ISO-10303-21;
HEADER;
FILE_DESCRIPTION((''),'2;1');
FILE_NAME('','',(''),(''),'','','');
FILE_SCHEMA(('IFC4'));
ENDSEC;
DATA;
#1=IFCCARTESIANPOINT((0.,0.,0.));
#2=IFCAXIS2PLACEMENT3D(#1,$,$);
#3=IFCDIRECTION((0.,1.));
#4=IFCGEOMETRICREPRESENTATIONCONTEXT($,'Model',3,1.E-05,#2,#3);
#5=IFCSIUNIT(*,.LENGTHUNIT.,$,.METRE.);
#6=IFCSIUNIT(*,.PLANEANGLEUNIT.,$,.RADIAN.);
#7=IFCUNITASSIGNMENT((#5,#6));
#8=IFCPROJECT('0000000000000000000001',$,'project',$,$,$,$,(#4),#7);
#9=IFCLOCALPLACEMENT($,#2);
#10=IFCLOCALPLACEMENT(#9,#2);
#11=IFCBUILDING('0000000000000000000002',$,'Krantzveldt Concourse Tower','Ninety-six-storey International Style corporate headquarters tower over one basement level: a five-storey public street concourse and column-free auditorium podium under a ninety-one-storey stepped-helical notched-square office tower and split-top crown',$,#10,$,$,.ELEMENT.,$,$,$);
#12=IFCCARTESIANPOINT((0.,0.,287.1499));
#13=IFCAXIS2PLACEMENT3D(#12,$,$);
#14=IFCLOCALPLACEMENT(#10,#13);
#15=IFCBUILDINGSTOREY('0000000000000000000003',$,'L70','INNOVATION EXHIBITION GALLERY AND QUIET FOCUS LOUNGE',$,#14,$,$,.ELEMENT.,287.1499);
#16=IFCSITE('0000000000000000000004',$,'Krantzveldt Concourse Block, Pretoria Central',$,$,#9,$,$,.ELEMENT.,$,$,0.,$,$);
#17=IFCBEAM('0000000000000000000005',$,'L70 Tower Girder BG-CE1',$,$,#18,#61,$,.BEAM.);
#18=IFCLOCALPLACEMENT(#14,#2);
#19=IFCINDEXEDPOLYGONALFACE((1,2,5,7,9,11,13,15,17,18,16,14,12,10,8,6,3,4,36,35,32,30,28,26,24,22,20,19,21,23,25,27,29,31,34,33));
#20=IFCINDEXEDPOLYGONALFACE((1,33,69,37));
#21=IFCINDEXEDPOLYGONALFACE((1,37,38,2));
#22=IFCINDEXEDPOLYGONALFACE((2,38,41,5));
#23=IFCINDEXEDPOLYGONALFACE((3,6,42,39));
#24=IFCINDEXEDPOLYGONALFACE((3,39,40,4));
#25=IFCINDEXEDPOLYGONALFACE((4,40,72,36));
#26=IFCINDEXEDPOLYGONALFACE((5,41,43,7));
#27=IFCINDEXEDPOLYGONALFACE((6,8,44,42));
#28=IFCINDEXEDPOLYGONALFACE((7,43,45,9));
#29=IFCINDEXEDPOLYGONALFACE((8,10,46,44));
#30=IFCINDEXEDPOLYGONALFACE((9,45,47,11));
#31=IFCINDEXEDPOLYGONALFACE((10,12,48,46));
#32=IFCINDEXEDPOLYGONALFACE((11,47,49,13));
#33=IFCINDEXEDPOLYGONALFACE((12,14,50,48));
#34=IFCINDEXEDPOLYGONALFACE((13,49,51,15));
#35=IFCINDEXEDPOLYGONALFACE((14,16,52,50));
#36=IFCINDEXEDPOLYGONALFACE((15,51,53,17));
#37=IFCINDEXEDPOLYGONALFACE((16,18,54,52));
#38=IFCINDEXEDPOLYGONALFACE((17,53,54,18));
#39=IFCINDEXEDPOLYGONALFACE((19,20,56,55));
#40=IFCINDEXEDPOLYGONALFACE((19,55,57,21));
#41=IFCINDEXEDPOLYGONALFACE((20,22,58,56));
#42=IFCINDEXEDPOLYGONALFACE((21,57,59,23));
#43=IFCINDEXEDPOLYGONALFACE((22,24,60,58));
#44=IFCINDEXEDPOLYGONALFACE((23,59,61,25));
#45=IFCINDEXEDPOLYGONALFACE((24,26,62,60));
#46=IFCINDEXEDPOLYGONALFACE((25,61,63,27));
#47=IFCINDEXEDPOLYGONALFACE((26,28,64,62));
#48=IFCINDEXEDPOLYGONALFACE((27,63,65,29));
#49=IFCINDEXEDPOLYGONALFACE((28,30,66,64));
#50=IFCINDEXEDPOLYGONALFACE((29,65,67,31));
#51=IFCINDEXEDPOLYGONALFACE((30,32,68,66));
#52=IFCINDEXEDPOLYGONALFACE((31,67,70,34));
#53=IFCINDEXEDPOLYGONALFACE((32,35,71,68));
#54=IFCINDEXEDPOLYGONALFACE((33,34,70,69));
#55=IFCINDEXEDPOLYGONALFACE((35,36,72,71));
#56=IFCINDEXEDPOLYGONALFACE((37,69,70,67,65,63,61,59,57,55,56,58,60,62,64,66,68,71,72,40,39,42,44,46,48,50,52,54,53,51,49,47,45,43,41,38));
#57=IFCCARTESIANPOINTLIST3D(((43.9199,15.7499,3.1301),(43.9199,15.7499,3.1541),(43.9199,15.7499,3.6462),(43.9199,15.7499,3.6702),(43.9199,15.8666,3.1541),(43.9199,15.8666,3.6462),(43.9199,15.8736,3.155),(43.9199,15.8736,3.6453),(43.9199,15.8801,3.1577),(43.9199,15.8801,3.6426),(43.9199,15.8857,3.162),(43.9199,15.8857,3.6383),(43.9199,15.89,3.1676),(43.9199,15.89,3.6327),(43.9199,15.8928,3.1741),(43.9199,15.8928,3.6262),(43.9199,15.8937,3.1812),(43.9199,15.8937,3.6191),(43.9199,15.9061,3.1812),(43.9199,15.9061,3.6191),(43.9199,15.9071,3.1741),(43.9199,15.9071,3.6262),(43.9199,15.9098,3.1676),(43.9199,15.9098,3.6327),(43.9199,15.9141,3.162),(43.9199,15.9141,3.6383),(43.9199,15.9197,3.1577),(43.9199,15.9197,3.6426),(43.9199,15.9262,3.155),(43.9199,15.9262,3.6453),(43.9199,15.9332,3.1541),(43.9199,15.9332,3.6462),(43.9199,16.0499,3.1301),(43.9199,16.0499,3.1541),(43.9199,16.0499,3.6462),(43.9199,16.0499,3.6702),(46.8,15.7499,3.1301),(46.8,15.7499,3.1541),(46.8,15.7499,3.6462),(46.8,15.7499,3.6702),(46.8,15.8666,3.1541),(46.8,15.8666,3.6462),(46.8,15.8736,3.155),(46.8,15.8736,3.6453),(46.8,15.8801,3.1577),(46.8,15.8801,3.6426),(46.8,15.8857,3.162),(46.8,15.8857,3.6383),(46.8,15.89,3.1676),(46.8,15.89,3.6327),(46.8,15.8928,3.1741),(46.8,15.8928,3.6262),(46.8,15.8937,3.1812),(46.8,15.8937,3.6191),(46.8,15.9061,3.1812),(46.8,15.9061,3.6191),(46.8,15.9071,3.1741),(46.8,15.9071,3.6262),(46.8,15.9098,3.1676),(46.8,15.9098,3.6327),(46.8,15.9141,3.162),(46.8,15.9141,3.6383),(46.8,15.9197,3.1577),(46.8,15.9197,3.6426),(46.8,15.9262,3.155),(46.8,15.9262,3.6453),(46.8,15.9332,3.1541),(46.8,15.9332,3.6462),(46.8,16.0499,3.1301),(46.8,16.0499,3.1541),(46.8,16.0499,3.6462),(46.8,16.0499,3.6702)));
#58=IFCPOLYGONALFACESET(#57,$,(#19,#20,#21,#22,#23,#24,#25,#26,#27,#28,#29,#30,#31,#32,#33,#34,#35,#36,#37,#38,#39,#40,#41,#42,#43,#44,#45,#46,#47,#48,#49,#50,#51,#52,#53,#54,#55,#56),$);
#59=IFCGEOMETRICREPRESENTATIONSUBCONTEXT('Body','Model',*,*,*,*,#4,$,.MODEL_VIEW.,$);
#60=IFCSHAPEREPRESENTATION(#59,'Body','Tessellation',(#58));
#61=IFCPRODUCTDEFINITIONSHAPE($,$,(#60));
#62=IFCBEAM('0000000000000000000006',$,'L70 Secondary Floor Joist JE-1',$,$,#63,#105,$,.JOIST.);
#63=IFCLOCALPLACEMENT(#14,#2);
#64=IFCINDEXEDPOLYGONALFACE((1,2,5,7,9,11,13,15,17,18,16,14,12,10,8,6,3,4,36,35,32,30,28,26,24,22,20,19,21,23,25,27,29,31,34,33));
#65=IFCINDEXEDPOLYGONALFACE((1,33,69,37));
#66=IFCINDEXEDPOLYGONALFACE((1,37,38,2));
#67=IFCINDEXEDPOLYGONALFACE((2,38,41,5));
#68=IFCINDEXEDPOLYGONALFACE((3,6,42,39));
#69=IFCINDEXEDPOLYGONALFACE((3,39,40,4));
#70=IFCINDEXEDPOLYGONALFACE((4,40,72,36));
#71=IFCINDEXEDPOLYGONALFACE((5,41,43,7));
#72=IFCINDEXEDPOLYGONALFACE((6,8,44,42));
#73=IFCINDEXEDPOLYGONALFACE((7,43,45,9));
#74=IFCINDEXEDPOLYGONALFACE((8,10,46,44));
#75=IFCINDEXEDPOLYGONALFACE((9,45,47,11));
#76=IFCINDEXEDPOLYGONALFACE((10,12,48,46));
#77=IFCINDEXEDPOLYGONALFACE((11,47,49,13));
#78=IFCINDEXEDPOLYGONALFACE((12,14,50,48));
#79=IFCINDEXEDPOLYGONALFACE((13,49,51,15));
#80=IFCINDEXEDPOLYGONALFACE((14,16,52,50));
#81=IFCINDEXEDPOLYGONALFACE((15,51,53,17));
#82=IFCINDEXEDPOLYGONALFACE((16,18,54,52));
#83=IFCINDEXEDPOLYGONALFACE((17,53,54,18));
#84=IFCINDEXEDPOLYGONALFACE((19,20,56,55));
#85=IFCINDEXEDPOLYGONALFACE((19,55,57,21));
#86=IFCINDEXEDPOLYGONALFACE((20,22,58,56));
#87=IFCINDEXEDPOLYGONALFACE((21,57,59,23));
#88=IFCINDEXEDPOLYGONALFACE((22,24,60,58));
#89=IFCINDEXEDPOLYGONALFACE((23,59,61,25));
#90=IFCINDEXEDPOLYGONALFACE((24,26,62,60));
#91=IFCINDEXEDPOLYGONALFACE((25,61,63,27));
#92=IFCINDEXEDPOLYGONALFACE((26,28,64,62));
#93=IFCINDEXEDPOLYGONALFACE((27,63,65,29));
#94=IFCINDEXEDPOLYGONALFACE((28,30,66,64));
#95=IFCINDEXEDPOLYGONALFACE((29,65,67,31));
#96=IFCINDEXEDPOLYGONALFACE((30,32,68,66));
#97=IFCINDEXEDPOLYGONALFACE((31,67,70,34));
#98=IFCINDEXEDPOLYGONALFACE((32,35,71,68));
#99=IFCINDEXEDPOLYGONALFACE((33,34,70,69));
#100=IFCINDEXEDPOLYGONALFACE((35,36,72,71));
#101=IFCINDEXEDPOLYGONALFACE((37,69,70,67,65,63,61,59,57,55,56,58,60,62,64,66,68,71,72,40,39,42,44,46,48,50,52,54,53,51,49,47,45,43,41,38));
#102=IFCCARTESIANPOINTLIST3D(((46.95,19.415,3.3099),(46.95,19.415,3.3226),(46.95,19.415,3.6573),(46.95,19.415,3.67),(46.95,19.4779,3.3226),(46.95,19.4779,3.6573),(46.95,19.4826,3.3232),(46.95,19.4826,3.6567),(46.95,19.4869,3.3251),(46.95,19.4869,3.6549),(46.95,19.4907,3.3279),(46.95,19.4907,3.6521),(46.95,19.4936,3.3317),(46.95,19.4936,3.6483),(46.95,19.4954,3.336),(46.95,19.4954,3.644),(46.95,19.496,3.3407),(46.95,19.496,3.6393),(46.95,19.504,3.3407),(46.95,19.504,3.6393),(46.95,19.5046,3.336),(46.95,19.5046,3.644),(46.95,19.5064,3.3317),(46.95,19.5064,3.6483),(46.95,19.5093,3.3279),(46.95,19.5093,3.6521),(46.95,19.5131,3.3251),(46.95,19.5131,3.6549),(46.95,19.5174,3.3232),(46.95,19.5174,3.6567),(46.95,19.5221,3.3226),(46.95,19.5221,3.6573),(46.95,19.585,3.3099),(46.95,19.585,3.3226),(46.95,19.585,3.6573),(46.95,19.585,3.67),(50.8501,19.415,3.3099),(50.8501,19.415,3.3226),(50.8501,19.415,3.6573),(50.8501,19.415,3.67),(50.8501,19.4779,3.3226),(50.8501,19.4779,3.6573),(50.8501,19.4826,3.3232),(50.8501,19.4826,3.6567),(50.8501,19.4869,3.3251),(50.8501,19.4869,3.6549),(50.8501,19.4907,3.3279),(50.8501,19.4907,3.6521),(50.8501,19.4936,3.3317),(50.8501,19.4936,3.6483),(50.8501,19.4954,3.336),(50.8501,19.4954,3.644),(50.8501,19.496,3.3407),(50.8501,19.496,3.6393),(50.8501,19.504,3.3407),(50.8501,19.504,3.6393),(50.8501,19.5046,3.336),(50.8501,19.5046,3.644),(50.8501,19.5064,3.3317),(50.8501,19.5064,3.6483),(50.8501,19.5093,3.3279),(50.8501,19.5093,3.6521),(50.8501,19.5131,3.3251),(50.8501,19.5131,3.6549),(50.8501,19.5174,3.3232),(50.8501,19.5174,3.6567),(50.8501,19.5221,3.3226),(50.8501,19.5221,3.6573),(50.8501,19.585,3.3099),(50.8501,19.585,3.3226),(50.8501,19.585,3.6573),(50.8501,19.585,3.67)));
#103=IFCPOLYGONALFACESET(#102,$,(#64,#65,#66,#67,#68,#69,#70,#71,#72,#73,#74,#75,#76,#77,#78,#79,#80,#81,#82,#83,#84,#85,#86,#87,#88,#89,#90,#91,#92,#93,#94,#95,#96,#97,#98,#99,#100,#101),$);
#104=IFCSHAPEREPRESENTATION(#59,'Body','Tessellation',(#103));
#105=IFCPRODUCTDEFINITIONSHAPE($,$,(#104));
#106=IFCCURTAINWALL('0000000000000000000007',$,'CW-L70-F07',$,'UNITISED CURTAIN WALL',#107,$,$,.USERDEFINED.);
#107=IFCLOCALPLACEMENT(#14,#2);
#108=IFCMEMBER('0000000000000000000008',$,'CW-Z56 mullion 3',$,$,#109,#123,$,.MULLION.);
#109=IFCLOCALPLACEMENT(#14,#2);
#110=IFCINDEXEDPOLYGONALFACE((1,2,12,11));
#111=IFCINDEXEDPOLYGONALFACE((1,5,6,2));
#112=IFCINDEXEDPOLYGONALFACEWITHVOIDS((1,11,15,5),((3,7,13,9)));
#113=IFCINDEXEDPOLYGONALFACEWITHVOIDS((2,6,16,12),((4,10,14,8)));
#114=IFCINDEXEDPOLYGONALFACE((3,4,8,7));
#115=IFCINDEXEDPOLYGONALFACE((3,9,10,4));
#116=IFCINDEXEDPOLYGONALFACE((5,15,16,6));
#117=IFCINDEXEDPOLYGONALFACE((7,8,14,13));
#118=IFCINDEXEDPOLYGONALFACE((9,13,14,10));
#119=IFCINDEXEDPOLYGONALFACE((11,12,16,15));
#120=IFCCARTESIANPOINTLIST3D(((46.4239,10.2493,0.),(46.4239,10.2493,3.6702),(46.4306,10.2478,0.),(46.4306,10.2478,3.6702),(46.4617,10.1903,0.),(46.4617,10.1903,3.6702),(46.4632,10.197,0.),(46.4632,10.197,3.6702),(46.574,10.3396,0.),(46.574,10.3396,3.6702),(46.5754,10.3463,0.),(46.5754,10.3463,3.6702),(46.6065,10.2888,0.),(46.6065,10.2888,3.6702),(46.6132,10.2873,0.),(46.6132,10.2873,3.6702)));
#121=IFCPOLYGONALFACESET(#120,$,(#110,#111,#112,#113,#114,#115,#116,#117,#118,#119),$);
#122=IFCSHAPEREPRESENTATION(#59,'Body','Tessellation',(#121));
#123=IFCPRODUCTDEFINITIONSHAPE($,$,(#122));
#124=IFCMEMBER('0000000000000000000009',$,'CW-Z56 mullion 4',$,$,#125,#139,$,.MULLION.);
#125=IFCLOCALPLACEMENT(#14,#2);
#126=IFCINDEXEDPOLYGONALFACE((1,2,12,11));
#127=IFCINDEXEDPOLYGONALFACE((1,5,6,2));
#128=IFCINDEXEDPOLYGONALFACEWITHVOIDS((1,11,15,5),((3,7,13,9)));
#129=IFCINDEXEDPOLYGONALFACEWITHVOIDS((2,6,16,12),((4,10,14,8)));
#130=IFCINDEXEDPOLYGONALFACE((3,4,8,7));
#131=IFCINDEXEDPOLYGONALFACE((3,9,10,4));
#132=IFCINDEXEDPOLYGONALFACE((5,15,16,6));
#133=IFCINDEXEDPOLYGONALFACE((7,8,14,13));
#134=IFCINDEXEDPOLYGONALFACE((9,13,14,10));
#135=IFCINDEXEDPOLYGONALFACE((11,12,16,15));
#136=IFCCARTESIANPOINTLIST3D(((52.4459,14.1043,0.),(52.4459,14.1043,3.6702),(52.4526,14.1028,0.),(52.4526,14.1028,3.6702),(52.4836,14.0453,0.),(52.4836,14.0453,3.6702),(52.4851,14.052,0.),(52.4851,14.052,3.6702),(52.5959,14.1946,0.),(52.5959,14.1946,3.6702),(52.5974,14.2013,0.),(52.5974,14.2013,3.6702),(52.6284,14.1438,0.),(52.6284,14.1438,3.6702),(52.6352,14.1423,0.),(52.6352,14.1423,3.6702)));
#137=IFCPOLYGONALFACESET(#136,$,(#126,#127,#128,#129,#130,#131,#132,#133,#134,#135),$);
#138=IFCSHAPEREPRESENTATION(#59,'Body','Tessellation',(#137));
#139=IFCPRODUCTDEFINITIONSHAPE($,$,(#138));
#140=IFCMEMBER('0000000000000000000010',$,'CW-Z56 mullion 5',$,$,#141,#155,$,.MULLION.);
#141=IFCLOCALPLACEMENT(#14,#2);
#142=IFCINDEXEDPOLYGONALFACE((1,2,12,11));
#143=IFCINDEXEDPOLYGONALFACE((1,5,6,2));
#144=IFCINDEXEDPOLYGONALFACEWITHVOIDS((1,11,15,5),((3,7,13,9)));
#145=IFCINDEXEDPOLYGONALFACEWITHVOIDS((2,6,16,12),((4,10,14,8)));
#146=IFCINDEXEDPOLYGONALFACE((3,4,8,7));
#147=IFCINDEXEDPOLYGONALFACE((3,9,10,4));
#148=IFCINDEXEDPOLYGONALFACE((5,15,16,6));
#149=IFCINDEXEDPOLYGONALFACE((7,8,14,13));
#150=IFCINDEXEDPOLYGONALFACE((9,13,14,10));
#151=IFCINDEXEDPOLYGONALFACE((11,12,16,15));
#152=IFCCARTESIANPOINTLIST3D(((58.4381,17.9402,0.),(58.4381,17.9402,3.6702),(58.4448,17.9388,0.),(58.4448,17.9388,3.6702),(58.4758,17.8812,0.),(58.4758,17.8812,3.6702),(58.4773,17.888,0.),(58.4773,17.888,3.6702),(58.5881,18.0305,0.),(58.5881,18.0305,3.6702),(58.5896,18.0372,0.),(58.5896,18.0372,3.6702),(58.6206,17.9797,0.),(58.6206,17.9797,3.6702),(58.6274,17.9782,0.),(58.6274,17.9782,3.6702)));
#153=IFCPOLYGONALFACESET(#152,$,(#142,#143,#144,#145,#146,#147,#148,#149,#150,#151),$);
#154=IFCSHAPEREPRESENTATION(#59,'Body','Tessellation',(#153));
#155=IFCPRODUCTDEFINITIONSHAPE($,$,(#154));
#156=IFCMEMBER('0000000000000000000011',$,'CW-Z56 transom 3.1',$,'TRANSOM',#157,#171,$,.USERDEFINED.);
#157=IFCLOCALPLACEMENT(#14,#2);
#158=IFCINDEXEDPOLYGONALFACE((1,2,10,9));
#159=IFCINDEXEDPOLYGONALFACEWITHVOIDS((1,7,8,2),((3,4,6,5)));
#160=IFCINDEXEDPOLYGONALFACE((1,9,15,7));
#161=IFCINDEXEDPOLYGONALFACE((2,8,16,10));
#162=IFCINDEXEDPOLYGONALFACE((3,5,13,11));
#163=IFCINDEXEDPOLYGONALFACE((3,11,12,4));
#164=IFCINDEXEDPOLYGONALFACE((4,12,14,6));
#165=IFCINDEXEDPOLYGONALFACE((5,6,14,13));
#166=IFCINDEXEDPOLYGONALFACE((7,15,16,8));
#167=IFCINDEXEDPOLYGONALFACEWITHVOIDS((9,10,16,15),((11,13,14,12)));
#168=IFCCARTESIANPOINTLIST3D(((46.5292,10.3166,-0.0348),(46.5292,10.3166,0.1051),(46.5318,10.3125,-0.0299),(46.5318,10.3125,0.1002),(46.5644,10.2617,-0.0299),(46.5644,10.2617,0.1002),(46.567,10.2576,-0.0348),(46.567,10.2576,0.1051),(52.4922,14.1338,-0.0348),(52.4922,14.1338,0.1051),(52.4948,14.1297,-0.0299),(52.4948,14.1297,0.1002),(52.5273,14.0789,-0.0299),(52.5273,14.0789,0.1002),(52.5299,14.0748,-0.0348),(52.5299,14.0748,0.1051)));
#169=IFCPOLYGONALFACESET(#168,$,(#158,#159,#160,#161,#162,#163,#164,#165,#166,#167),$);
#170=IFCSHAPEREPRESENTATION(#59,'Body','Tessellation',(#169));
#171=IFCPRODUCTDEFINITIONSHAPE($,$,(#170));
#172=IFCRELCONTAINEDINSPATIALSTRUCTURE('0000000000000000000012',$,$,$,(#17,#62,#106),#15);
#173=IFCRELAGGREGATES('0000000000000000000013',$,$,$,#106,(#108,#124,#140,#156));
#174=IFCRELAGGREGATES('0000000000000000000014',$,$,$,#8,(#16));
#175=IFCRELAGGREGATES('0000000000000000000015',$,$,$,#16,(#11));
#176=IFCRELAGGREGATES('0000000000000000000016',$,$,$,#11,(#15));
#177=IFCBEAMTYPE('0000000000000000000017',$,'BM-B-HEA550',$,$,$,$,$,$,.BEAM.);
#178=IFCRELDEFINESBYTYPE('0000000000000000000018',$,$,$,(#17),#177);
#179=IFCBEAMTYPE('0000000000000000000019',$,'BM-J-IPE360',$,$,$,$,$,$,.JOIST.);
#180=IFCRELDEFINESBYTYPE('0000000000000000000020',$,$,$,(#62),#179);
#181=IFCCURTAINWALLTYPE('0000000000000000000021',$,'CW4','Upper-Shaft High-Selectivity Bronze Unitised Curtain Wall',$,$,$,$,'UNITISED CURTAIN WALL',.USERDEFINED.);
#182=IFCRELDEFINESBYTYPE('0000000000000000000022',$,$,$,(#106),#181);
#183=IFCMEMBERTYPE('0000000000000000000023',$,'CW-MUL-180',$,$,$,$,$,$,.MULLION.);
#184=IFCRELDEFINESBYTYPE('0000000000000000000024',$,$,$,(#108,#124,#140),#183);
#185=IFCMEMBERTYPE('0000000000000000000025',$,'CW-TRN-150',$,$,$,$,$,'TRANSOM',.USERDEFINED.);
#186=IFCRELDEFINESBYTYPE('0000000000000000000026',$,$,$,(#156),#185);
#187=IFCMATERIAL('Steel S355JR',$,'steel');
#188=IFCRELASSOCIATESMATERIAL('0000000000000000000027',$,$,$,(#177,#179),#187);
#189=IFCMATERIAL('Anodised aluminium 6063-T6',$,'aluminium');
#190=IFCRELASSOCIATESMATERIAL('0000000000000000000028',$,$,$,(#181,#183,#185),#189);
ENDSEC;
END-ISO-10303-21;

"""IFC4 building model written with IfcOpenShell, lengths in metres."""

from ifc_helpers import new_model, si_unit, direction, frame, origin, origin_2d, place, context, subcontext, project, spatial, hollow_rectangle, i_section, extrude, source, transform, mapped, material, material_profile, profile_set, type_object, type_shapes, element, aggregate, save


model = new_model("IFC4")

# Units and contexts
model_context = context("Model", 3, precision=1e-05, world=origin(), true_north=direction((0.0, 1.0)))
body_context = subcontext(model_context, "Body", "Model", "MODEL_VIEW")
ifc_project = project(units=[si_unit("LENGTHUNIT", "METRE"), si_unit("PLANEANGLEUNIT", "RADIAN")], contexts=[model_context])

# Site, building, storey
site_placement = place(None, origin())
site = spatial("IfcSite", under=ifc_project, at=site_placement, Name="Krantzveldt Concourse Block, Pretoria Central", CompositionType="ELEMENT", RefElevation=0.0)
building_placement = place(site_placement, origin())
building = spatial("IfcBuilding", under=site, at=building_placement, Name="Krantzveldt Concourse Tower", Description="Ninety-six-storey International Style corporate headquarters tower over one basement level: a five-storey public street concourse and column-free auditorium podium under a ninety-one-storey stepped-helical notched-square office tower and split-top crown", CompositionType="ELEMENT")
storey_placement = place(building_placement, frame((0.0, 0.0, 287.1499)))
storey = spatial("IfcBuildingStorey", under=building, at=storey_placement, Name="L70", Description="INNOVATION EXHIBITION GALLERY AND QUIET FOCUS LOUNGE", CompositionType="ELEMENT", Elevation=287.1499)

# Beams
ifc_material_1 = material(Name="Steel S355JR", Category="steel")
ifc_material_profile_1 = material_profile(ifc_material_1, i_section(OverallWidth=0.3, OverallDepth=0.54, WebThickness=0.0125, FlangeThickness=0.0239, FilletRadius=0.0271, at=origin_2d()), Name="Steel S355JR", Category="steel")
ifc_profile_set_1 = profile_set([ifc_material_profile_1], Name="Steel S355JR - HEA 550")
beam_type_1 = type_object("IfcBeamType", Name="BM-B-HEA550", PredefinedType="BEAM", material=ifc_profile_set_1)
shared_shape_1 = source(origin(), body_context, "Body", "SweptSolid", [
    extrude(i_section(OverallWidth=0.3, OverallDepth=0.54, WebThickness=0.0125, FlangeThickness=0.0239, FilletRadius=0.0271, at=origin_2d()), origin(), (0.0, 0.0, 1.0), 2.8801),
])
beam_1_placement = place(storey_placement, frame((43.9199, 15.8999, 3.4001), z_axis=(1.0, 0.0, 0.0), x_axis=(0.0, 1.0, 0.0)))
element("IfcBeam", 1, at=beam_1_placement, inside=storey, type_object=beam_type_1, Name="L70 Tower Girder BG-CE1", PredefinedType="BEAM", context=body_context, shape_type="MappedRepresentation", body=[
    mapped(shared_shape_1, transform((0.0, 0.0, 0.0), x_axis=(1.0, 0.0, 0.0), y_axis=(0.0, 1.0, 0.0), z_axis=(0.0, 0.0, 1.0), scale=1.0)),
])
ifc_material_profile_2 = material_profile(ifc_material_1, i_section(OverallWidth=0.1699, OverallDepth=0.3601, WebThickness=0.0081, FlangeThickness=0.0127, FilletRadius=0.0181, at=origin_2d()), Name="Steel S355JR", Category="steel")
ifc_profile_set_2 = profile_set([ifc_material_profile_2], Name="Steel S355JR - IPE 360")
beam_type_2 = type_object("IfcBeamType", Name="BM-J-IPE360", PredefinedType="JOIST", material=ifc_profile_set_2)
shared_shape_2 = source(origin(), body_context, "Body", "SweptSolid", [
    extrude(i_section(OverallWidth=0.1699, OverallDepth=0.3601, WebThickness=0.0081, FlangeThickness=0.0127, FilletRadius=0.0181, at=origin_2d()), origin(), (0.0, 0.0, 1.0), 3.9001),
])
type_shapes(beam_type_2, [shared_shape_2])
beam_2_placement = place(storey_placement, frame((46.95, 19.5, 3.49), z_axis=(1.0, 0.0, 0.0), x_axis=(0.0, 1.0, 0.0)))
element("IfcBeam", 2, at=beam_2_placement, inside=storey, type_object=beam_type_2, Name="L70 Secondary Floor Joist JE-1", PredefinedType="JOIST", context=body_context, shape_type="MappedRepresentation", body=[
    mapped(shared_shape_2, transform((0.0, 0.0, 0.0), x_axis=(1.0, 0.0, 0.0), y_axis=(0.0, 1.0, 0.0), z_axis=(0.0, 0.0, 1.0), scale=1.0)),
])

# Curtain wall, members
ifc_material_2 = material(Name="Anodised aluminium 6063-T6", Category="aluminium")
curtain_wall_type = type_object("IfcCurtainWallType", Name="CW4", Description="Upper-Shaft High-Selectivity Bronze Unitised Curtain Wall", ElementType="UNITISED CURTAIN WALL", PredefinedType="USERDEFINED", material=ifc_material_2)
curtain_wall_placement = place(storey_placement, origin())
curtain_wall = element("IfcCurtainWall", 3, at=curtain_wall_placement, inside=storey, type_object=curtain_wall_type, Name="CW-L70-F07", ObjectType="UNITISED CURTAIN WALL", PredefinedType="USERDEFINED")
ifc_material_profile_3 = material_profile(ifc_material_2, hollow_rectangle(XDim=0.0701, YDim=0.1799, WallThickness=0.0049, at=origin_2d()), Name="Anodised aluminium 6063-T6", Category="aluminium")
ifc_profile_set_3 = profile_set([ifc_material_profile_3], Name="Anodised aluminium 6063-T6 - ALU-MULL 180x70x5")
member_type_1 = type_object("IfcMemberType", Name="CW-MUL-180", PredefinedType="MULLION", material=ifc_profile_set_3)
shared_shape_3 = source(origin(), body_context, "Body", "SweptSolid", [
    extrude(hollow_rectangle(XDim=0.0701, YDim=0.1799, WallThickness=0.0049, at=origin_2d()), origin(), (0.0, 0.0, 1.0), 3.6702),
])
type_shapes(member_type_1, [shared_shape_3])
member_1_placement = place(storey_placement, frame((46.5186, 10.2683, 0.0), z_axis=(0.0, 0.0, 1.0), x_axis=(-0.539138, 0.842217, 0.0)))
member_1 = element("IfcMember", 4, at=member_1_placement, type_object=member_type_1, Name="CW-Z56 mullion 3", PredefinedType="MULLION", context=body_context, shape_type="MappedRepresentation", body=[
    mapped(shared_shape_3, transform((0.0, 0.0, 0.0), x_axis=(1.0, 0.0, 0.0), y_axis=(0.0, 1.0, 0.0), z_axis=(0.0, 0.0, 1.0), scale=1.0)),
])
member_2_placement = place(storey_placement, frame((52.5405, 14.1233, 0.0), z_axis=(0.0, 0.0, 1.0), x_axis=(-0.539138, 0.842217, 0.0)))
member_2 = element("IfcMember", 5, at=member_2_placement, type_object=member_type_1, Name="CW-Z56 mullion 4", PredefinedType="MULLION", context=body_context, shape_type="MappedRepresentation", body=[
    mapped(shared_shape_3, transform((0.0, 0.0, 0.0), x_axis=(1.0, 0.0, 0.0), y_axis=(0.0, 1.0, 0.0), z_axis=(0.0, 0.0, 1.0), scale=1.0)),
])
member_3_placement = place(storey_placement, frame((58.5327, 17.9592, 0.0), z_axis=(0.0, 0.0, 1.0), x_axis=(-0.539138, 0.842217, 0.0)))
member_3 = element("IfcMember", 6, at=member_3_placement, type_object=member_type_1, Name="CW-Z56 mullion 5", PredefinedType="MULLION", context=body_context, shape_type="MappedRepresentation", body=[
    mapped(shared_shape_3, transform((0.0, 0.0, 0.0), x_axis=(1.0, 0.0, 0.0), y_axis=(0.0, 1.0, 0.0), z_axis=(0.0, 0.0, 1.0), scale=1.0)),
])
ifc_material_profile_4 = material_profile(ifc_material_2, hollow_rectangle(XDim=0.0701, YDim=0.1399, WallThickness=0.0049, at=origin_2d()), Name="Anodised aluminium 6063-T6", Category="aluminium")
ifc_profile_set_4 = profile_set([ifc_material_profile_4], Name="Anodised aluminium 6063-T6 - ALU-TRAN 140x70x5")
member_type_2 = type_object("IfcMemberType", Name="CW-TRN-150", ElementType="TRANSOM", PredefinedType="USERDEFINED", material=ifc_profile_set_4)
shared_shape_4 = source(origin(), body_context, "Body", "SweptSolid", [
    extrude(hollow_rectangle(XDim=0.0701, YDim=0.1399, WallThickness=0.0049, at=origin_2d()), origin(), (0.0, 0.0, 1.0), 7.0801),
])
member_4_placement = place(storey_placement, frame((46.5481, 10.2871, 0.0352), z_axis=(0.842214, 0.539143, 0.0), x_axis=(-0.539143, 0.842214, 0.0)))
member_4 = element("IfcMember", 7, at=member_4_placement, type_object=member_type_2, Name="CW-Z56 transom 3.1", ObjectType="TRANSOM", PredefinedType="USERDEFINED", context=body_context, shape_type="MappedRepresentation", body=[
    mapped(shared_shape_4, transform((0.0, 0.0, 0.0), x_axis=(1.0, 0.0, 0.0), y_axis=(0.0, 1.0, 0.0), z_axis=(0.0, 0.0, 1.0), scale=1.0)),
])
aggregate(curtain_wall, [member_1, member_2, member_3, member_4])

save(model, "model.ifc")
